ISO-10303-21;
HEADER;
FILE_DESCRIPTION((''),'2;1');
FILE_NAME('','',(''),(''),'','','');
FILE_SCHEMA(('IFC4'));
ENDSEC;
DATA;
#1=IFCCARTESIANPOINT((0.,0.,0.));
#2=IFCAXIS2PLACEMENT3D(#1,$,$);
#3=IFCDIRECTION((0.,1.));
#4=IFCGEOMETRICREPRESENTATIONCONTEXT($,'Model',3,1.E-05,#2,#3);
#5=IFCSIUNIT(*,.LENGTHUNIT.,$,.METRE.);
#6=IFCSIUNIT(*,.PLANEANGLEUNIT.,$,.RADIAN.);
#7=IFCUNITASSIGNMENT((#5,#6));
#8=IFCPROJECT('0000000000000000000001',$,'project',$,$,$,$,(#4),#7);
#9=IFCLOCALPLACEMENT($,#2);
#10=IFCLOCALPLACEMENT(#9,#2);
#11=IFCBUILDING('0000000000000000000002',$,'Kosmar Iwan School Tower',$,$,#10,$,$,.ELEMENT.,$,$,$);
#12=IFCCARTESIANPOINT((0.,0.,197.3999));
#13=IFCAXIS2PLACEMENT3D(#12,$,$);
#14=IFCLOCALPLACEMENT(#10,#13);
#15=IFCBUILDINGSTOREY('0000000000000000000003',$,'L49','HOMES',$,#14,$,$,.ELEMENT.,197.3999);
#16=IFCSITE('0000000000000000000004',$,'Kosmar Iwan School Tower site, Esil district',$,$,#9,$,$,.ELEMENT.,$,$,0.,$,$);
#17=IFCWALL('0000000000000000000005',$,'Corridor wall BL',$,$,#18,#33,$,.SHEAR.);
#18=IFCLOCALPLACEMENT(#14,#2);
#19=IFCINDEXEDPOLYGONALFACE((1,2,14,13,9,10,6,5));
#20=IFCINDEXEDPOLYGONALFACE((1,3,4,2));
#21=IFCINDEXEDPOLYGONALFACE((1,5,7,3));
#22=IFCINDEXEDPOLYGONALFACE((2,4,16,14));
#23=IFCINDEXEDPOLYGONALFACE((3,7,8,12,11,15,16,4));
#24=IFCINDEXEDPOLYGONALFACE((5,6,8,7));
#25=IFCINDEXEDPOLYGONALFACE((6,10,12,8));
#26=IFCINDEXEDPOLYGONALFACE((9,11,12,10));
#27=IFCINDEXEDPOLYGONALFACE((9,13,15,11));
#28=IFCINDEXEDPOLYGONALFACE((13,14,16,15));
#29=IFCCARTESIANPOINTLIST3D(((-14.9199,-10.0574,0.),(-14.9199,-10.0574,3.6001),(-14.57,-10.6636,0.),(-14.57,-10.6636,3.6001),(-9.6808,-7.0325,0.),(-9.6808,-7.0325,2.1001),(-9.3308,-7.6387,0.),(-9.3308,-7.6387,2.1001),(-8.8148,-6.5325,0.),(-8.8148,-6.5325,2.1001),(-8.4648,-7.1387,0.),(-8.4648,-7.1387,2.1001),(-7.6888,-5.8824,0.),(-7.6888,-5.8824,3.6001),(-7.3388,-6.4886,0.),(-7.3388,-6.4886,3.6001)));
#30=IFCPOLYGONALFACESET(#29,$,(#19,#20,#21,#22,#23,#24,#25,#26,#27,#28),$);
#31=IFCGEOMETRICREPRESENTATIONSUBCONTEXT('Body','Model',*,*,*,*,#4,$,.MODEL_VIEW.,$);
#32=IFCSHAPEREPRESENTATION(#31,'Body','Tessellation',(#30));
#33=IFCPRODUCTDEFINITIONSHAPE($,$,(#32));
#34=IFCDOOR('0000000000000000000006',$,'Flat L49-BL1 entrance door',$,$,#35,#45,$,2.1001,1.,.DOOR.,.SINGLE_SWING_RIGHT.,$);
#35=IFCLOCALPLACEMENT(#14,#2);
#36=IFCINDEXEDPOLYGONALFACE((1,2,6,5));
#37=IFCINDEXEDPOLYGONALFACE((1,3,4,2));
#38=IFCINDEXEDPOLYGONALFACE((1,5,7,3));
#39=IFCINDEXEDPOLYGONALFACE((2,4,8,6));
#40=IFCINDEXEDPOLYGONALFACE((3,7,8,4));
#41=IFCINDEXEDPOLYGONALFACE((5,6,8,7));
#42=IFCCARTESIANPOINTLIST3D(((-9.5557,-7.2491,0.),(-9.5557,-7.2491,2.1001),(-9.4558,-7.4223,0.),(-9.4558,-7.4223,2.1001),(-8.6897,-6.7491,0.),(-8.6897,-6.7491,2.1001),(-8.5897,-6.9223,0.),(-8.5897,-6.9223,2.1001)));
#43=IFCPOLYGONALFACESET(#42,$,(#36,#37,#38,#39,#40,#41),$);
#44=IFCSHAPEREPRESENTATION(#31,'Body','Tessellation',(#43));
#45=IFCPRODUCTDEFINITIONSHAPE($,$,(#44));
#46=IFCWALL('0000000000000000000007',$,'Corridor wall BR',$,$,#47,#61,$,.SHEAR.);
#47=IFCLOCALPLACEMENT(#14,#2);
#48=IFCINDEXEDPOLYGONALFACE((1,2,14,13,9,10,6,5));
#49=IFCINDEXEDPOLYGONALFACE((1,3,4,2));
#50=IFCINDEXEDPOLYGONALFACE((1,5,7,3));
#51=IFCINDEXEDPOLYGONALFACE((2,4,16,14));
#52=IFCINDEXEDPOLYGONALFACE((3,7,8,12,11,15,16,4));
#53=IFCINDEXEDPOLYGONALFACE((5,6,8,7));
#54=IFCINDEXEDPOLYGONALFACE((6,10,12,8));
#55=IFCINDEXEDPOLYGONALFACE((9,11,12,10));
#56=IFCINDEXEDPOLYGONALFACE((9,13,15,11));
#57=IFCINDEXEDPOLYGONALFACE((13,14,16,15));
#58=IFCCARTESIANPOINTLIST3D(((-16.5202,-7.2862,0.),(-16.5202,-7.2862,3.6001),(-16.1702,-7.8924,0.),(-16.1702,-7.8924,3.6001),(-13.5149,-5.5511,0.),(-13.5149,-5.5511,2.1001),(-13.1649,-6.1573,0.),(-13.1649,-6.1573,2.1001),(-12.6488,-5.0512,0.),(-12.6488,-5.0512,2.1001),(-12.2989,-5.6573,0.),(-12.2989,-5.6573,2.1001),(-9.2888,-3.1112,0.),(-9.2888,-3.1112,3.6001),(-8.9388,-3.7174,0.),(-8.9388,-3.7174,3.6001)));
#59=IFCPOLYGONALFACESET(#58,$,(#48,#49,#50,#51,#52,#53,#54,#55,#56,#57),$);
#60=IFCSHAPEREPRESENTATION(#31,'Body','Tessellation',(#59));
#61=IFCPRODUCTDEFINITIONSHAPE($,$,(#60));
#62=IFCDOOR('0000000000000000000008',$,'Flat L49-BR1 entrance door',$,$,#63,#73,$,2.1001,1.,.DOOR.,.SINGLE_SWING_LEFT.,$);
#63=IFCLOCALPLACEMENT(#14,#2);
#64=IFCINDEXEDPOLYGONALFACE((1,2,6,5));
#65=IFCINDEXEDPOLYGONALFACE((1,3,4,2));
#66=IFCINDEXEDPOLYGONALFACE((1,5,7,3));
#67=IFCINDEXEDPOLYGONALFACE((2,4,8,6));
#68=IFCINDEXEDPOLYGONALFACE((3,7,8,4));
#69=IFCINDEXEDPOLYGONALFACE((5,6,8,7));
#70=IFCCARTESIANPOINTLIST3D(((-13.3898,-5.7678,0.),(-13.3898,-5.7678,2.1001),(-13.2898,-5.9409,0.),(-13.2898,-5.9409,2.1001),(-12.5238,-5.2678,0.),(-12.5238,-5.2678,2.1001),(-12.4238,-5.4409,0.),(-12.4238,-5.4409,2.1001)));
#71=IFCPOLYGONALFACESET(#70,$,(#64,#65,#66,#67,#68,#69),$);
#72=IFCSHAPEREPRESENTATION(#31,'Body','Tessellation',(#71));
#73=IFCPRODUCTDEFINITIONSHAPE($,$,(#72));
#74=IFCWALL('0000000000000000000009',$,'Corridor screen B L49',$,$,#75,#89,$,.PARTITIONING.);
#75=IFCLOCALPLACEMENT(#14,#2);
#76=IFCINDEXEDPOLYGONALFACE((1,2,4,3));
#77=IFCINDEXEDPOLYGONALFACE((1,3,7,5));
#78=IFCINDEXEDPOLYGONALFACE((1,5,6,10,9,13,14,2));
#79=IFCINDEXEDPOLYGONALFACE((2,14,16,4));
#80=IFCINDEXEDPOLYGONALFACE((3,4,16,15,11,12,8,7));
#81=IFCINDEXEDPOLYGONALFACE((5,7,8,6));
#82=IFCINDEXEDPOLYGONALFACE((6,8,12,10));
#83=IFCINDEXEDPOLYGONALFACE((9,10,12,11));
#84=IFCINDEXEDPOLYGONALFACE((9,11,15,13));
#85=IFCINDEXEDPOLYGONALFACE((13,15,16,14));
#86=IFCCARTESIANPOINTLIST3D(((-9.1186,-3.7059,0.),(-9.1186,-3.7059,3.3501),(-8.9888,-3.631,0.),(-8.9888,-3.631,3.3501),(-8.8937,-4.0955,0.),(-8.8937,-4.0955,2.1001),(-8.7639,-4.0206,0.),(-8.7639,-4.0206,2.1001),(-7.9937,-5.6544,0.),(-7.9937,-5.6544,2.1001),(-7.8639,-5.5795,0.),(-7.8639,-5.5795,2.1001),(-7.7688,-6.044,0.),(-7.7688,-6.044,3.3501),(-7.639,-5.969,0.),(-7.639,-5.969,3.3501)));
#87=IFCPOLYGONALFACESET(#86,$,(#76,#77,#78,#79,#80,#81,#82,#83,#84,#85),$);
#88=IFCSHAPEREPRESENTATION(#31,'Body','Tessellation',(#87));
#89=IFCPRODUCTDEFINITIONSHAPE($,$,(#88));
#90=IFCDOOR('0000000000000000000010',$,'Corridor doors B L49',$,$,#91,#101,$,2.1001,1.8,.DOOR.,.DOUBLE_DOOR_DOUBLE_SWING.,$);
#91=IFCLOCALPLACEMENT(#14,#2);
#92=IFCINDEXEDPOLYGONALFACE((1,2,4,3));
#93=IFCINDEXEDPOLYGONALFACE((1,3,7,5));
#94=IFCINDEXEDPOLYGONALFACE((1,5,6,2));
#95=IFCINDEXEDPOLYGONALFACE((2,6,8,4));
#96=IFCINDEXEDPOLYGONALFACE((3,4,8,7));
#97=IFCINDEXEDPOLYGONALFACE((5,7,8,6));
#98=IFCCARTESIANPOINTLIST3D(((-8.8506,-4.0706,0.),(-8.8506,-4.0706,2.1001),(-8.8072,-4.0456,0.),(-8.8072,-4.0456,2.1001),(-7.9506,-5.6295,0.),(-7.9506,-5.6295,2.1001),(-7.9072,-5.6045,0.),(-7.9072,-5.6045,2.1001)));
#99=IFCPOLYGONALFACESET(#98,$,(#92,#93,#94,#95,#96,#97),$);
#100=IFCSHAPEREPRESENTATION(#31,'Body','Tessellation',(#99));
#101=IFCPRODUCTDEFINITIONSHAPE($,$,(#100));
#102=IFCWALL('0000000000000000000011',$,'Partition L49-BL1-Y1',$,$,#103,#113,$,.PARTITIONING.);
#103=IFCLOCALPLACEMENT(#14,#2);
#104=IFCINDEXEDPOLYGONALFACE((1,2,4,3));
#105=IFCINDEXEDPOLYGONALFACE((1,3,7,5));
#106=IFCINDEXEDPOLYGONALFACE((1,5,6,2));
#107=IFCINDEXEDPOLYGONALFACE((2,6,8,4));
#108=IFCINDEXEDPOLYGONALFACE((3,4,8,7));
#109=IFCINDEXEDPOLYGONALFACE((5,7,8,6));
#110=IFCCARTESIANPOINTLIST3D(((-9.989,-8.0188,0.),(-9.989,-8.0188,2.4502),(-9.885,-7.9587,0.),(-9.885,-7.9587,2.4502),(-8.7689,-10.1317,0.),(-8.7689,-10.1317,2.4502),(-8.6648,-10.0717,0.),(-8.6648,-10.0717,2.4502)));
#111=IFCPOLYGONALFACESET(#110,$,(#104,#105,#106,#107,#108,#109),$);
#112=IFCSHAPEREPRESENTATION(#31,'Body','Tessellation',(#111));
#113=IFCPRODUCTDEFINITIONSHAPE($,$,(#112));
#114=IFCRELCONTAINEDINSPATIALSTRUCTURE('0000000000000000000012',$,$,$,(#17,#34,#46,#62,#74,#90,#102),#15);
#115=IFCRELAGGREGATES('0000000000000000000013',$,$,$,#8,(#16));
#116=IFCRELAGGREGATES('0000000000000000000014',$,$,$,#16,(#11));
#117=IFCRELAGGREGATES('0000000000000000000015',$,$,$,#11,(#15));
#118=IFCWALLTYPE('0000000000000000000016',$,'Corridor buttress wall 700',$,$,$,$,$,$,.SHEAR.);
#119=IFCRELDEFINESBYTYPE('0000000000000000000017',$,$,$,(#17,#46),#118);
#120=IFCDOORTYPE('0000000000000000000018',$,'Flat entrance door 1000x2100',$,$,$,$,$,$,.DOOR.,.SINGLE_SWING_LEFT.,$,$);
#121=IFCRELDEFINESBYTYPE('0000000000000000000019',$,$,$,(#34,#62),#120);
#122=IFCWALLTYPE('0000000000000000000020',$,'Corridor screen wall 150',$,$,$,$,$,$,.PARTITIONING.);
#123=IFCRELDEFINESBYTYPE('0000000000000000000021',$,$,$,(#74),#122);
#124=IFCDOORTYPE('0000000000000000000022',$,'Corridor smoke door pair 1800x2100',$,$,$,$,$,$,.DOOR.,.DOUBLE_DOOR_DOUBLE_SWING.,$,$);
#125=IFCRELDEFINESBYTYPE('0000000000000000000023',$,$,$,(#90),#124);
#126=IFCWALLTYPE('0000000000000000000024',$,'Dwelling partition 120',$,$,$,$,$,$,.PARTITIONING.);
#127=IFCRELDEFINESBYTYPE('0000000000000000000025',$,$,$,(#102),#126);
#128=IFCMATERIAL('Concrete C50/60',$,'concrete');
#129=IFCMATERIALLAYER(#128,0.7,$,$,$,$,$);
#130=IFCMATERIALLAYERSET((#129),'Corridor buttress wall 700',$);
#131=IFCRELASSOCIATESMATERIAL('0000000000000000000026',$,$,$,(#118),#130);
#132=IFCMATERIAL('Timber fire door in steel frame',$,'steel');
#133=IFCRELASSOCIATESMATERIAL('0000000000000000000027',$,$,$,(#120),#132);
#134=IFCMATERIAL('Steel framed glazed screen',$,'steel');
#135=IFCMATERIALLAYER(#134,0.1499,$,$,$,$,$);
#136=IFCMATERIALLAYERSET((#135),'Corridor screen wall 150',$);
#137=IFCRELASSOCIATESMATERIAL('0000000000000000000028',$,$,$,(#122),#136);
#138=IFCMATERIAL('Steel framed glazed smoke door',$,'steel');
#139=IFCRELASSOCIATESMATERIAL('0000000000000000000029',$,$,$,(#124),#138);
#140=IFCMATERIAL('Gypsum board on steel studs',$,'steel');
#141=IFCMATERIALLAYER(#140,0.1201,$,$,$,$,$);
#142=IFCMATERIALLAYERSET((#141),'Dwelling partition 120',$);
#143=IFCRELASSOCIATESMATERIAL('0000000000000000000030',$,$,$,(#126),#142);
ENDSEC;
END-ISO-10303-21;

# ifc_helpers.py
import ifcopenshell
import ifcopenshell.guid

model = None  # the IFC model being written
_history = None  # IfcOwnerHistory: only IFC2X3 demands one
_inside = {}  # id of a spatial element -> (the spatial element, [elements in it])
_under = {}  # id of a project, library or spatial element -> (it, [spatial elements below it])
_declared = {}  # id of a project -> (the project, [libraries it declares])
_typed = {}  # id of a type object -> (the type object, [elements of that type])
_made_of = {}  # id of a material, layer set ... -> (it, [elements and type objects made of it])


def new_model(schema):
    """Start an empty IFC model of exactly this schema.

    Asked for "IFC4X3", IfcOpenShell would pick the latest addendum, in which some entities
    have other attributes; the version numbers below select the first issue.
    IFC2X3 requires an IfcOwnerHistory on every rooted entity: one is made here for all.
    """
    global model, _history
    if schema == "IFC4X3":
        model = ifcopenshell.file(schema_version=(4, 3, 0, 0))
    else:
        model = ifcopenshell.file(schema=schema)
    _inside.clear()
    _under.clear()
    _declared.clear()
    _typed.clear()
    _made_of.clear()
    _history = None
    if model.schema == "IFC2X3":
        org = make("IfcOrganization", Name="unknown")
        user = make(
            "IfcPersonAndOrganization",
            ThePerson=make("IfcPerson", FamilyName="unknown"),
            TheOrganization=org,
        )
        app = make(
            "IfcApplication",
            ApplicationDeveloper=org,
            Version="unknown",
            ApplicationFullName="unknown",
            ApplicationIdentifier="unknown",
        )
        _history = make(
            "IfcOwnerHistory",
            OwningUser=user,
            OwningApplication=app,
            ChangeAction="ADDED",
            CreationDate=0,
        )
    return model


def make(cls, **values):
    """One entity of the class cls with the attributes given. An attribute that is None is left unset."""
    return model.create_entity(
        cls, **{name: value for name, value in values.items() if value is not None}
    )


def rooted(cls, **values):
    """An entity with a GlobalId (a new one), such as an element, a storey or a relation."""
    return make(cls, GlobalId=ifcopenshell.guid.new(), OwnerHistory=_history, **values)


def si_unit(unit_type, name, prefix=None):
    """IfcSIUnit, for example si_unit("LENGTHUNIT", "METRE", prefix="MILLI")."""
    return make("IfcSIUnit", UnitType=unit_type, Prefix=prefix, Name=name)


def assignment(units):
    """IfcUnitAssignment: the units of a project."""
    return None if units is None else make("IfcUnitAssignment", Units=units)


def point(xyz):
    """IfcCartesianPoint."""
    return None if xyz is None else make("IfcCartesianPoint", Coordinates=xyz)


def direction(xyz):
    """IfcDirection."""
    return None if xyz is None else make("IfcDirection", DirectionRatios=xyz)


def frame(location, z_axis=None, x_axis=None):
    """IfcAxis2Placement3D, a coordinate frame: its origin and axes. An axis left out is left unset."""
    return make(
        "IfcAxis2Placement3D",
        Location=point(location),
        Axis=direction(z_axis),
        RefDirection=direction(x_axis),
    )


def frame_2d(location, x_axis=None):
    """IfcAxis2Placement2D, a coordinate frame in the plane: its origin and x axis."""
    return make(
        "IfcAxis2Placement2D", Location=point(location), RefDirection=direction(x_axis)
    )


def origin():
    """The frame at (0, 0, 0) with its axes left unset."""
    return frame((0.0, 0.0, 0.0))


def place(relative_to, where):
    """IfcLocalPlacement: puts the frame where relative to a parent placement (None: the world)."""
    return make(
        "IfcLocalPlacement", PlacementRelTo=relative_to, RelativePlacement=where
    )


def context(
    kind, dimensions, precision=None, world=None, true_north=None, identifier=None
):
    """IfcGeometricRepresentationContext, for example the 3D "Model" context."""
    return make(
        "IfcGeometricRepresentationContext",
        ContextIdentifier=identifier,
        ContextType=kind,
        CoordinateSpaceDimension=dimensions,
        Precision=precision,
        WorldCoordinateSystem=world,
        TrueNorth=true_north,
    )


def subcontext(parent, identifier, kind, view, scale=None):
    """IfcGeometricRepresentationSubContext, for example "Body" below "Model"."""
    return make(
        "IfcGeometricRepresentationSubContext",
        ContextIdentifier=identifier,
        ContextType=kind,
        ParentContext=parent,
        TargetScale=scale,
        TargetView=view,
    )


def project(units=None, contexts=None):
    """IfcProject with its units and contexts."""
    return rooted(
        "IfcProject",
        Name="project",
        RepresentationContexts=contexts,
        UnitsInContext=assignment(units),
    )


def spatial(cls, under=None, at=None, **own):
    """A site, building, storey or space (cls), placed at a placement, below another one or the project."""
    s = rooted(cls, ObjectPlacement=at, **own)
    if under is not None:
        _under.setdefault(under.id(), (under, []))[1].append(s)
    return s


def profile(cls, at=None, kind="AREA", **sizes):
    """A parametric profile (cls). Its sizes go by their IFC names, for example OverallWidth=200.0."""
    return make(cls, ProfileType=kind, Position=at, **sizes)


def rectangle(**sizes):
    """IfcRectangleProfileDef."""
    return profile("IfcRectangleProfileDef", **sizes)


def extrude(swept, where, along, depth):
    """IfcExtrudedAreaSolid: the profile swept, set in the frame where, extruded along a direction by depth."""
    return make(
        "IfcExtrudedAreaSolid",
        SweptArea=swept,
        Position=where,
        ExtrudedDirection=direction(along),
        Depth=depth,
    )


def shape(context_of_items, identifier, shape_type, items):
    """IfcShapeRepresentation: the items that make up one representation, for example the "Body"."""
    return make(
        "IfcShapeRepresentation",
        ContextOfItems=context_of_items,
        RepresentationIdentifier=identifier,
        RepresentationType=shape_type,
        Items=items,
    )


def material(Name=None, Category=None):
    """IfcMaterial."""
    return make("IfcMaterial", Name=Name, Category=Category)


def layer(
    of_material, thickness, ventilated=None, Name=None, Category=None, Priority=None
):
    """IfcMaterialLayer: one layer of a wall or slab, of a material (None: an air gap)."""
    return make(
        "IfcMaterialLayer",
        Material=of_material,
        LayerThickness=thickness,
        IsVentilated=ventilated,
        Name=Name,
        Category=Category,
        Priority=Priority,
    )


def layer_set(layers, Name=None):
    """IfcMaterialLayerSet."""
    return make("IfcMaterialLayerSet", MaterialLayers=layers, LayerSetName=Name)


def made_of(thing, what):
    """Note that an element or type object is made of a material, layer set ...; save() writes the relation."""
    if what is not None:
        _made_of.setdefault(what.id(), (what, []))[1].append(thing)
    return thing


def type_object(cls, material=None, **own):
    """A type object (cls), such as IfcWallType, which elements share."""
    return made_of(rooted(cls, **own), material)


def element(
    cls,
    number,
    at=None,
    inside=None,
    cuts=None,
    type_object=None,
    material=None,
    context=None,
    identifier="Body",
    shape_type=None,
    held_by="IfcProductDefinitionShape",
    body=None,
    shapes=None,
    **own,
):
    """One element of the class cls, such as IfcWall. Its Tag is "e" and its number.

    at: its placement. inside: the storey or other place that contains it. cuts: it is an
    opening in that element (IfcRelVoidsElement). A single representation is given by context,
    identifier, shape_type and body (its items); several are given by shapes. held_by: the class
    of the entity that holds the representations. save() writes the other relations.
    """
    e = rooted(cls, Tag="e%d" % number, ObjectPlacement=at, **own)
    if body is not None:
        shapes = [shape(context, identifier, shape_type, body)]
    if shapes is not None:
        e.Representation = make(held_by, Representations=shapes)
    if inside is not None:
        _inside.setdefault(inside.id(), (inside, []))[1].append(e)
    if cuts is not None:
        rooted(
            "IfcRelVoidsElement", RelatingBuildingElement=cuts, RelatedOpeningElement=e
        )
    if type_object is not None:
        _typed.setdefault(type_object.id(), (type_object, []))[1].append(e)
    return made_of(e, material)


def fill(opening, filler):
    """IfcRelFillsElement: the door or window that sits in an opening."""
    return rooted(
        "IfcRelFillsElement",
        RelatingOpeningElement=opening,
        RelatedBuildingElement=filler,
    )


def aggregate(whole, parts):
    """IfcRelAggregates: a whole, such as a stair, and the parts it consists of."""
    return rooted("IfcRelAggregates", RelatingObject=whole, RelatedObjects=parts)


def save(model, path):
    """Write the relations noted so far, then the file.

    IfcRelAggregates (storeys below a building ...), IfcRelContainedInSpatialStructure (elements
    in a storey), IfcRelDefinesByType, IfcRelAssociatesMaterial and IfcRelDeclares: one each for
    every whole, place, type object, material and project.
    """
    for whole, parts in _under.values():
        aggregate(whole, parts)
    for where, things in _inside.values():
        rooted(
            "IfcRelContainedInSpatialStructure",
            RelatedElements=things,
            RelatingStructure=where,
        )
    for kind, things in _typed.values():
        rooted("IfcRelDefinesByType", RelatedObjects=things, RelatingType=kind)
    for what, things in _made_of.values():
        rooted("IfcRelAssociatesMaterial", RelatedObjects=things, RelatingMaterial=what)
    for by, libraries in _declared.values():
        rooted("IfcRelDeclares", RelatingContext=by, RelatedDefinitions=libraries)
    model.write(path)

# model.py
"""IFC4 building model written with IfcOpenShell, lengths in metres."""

from ifc_helpers import new_model, si_unit, direction, frame, frame_2d, origin, place, context, subcontext, project, spatial, rectangle, extrude, material, layer, layer_set, type_object, element, fill, save


model = new_model("IFC4")

# Units and contexts
model_context = context("Model", 3, precision=1e-05, world=origin(), true_north=direction((0.0, 1.0)))
body_context = subcontext(model_context, "Body", "Model", "MODEL_VIEW")
ifc_project = project(units=[si_unit("LENGTHUNIT", "METRE"), si_unit("PLANEANGLEUNIT", "RADIAN")], contexts=[model_context])

# Site, building, storey
site_placement = place(None, origin())
site = spatial("IfcSite", under=ifc_project, at=site_placement, Name="Kosmar Iwan School Tower site, Esil district", CompositionType="ELEMENT", RefElevation=0.0)
building_placement = place(site_placement, origin())
building = spatial("IfcBuilding", under=site, at=building_placement, Name="Kosmar Iwan School Tower", CompositionType="ELEMENT")
storey_placement = place(building_placement, frame((0.0, 0.0, 197.3999)))
storey = spatial("IfcBuildingStorey", under=building, at=storey_placement, Name="L49", Description="HOMES", CompositionType="ELEMENT", Elevation=197.3999)

# Walls, openings, doors
ifc_material_1 = material(Name="Concrete C50/60", Category="concrete")
ifc_layer_1 = layer(ifc_material_1, 0.7)
ifc_layer_set_1 = layer_set([ifc_layer_1], Name="Corridor buttress wall 700")
wall_type_1 = type_object("IfcWallType", Name="Corridor buttress wall 700", PredefinedType="SHEAR", material=ifc_layer_set_1)
wall_1_placement = place(storey_placement, frame((-7.5139, -6.1855, 0.0), z_axis=(0.0, 0.0, 1.0), x_axis=(-0.86602, -0.50001, 0.0)))
wall_1 = element("IfcWall", 1, at=wall_1_placement, inside=storey, type_object=wall_type_1, Name="Corridor wall BL", PredefinedType="SHEAR", context=body_context, shape_type="SweptSolid", body=[
    extrude(rectangle(XDim=8.3499, YDim=0.7, at=frame_2d((4.1748, 0.0))), origin(), (0.0, 0.0, 1.0), 3.6001),
])
opening_1_placement = place(wall_1_placement, frame((1.3, 0.0, 0.0)))
opening_1 = element("IfcOpeningElement", 2, at=opening_1_placement, cuts=wall_1, PredefinedType="OPENING", context=body_context, shape_type="SweptSolid", body=[
    extrude(rectangle(XDim=1.0, YDim=2.1001, at=frame_2d((0.5, 1.05))), frame((0.0, 0.3621, 0.0), z_axis=(0.0, -1.0, 0.0), x_axis=(1.0, 0.0, 0.0)), (0.0, 0.0, 1.0), 0.7239),
])
ifc_material_2 = material(Name="Timber fire door in steel frame", Category="steel")
door_type_1 = type_object("IfcDoorType", Name="Flat entrance door 1000x2100", OperationType="SINGLE_SWING_LEFT", PredefinedType="DOOR", material=ifc_material_2)
door_1_placement = place(opening_1_placement, origin())
door_1 = element("IfcDoor", 3, at=door_1_placement, inside=storey, type_object=door_type_1, Name="Flat L49-BL1 entrance door", OperationType="SINGLE_SWING_RIGHT", OverallHeight=2.1001, OverallWidth=1.0, PredefinedType="DOOR", context=body_context, shape_type="SweptSolid", body=[
    extrude(rectangle(XDim=1.0, YDim=2.1001, at=frame_2d((0.5, 1.05))), frame((0.0, 0.1001, 0.0), z_axis=(0.0, -1.0, 0.0), x_axis=(1.0, 0.0, 0.0)), (0.0, 0.0, 1.0), 0.2),
])
fill(opening_1, door_1)
wall_2_placement = place(storey_placement, frame((-9.1138, -3.4143, 0.0), z_axis=(0.0, 0.0, 1.0), x_axis=(-0.866027, -0.499997, 0.0)))
wall_2 = element("IfcWall", 4, at=wall_2_placement, inside=storey, type_object=wall_type_1, Name="Corridor wall BR", PredefinedType="SHEAR", context=body_context, shape_type="SweptSolid", body=[
    extrude(rectangle(XDim=8.3501, YDim=0.7, at=frame_2d((4.175, 0.0))), origin(), (0.0, 0.0, 1.0), 3.6001),
])
opening_2_placement = place(wall_2_placement, frame((3.8799, 0.0, 0.0)))
opening_2 = element("IfcOpeningElement", 5, at=opening_2_placement, cuts=wall_2, PredefinedType="OPENING", context=body_context, shape_type="SweptSolid", body=[
    extrude(rectangle(XDim=1.0, YDim=2.1001, at=frame_2d((0.5, 1.05))), frame((0.0, 0.3621, 0.0), z_axis=(0.0, -1.0, 0.0), x_axis=(1.0, 0.0, 0.0)), (0.0, 0.0, 1.0), 0.7239),
])
door_2_placement = place(opening_2_placement, origin())
door_2 = element("IfcDoor", 6, at=door_2_placement, inside=storey, type_object=door_type_1, Name="Flat L49-BR1 entrance door", OperationType="SINGLE_SWING_LEFT", OverallHeight=2.1001, OverallWidth=1.0, PredefinedType="DOOR", context=body_context, shape_type="SweptSolid", body=[
    extrude(rectangle(XDim=1.0, YDim=2.1001, at=frame_2d((0.5, 1.05))), frame((0.0, 0.1001, 0.0), z_axis=(0.0, -1.0, 0.0), x_axis=(1.0, 0.0, 0.0)), (0.0, 0.0, 1.0), 0.2),
])
fill(opening_2, door_2)
ifc_material_3 = material(Name="Steel framed glazed screen", Category="steel")
ifc_layer_2 = layer(ifc_material_3, 0.1499)
ifc_layer_set_2 = layer_set([ifc_layer_2], Name="Corridor screen wall 150")
wall_type_2 = type_object("IfcWallType", Name="Corridor screen wall 150", PredefinedType="PARTITIONING", material=ifc_layer_set_2)
wall_3_placement = place(storey_placement, frame((-9.0537, -3.6685, 0.0), z_axis=(0.0, 0.0, 1.0), x_axis=(0.499981, -0.866037, 0.0)))
wall_3 = element("IfcWall", 7, at=wall_3_placement, inside=storey, type_object=wall_type_2, Name="Corridor screen B L49", PredefinedType="PARTITIONING", context=body_context, shape_type="SweptSolid", body=[
    extrude(rectangle(XDim=2.6997, YDim=0.1499, at=frame_2d((1.3499, 0.0))), origin(), (0.0, 0.0, 1.0), 3.3501),
])
opening_3_placement = place(wall_3_placement, frame((0.45, 0.0, 0.0)))
opening_3 = element("IfcOpeningElement", 8, at=opening_3_placement, cuts=wall_3, PredefinedType="OPENING", context=body_context, shape_type="SweptSolid", body=[
    extrude(rectangle(XDim=1.8, YDim=2.1001, at=frame_2d((0.8999, 1.05))), frame((0.0, 0.0869, 0.0), z_axis=(0.0, -1.0, 0.0), x_axis=(1.0, 0.0, 0.0)), (0.0, 0.0, 1.0), 0.1738),
])
ifc_material_4 = material(Name="Steel framed glazed smoke door", Category="steel")
door_type_2 = type_object("IfcDoorType", Name="Corridor smoke door pair 1800x2100", OperationType="DOUBLE_DOOR_DOUBLE_SWING", PredefinedType="DOOR", material=ifc_material_4)
door_3_placement = place(opening_3_placement, origin())
door_3 = element("IfcDoor", 9, at=door_3_placement, inside=storey, type_object=door_type_2, Name="Corridor doors B L49", OperationType="DOUBLE_DOOR_DOUBLE_SWING", OverallHeight=2.1001, OverallWidth=1.8, PredefinedType="DOOR", context=body_context, shape_type="SweptSolid", body=[
    extrude(rectangle(XDim=1.8, YDim=2.1001, at=frame_2d((0.8999, 1.05))), frame((0.0, 0.0249, 0.0), z_axis=(0.0, -1.0, 0.0), x_axis=(1.0, 0.0, 0.0)), (0.0, 0.0, 1.0), 0.05),
])
fill(opening_3, door_3)

# Wall
ifc_material_5 = material(Name="Gypsum board on steel studs", Category="steel")
ifc_layer_3 = layer(ifc_material_5, 0.1201)
ifc_layer_set_3 = layer_set([ifc_layer_3], Name="Dwelling partition 120")
wall_type_3 = type_object("IfcWallType", Name="Dwelling partition 120", PredefinedType="PARTITIONING", material=ifc_layer_set_3)
wall_4_placement = place(storey_placement, frame((-9.937, -7.9888, 0.0), z_axis=(0.0, 0.0, 1.0), x_axis=(0.500078, -0.865981, 0.0)))
element("IfcWall", 10, at=wall_4_placement, inside=storey, type_object=wall_type_3, Name="Partition L49-BL1-Y1", PredefinedType="PARTITIONING", context=body_context, shape_type="SweptSolid", body=[
    extrude(rectangle(XDim=2.4399, YDim=0.1201, at=frame_2d((1.22, 0.0))), origin(), (0.0, 0.0, 1.0), 2.4502),
])

save(model, "model.ifc")
